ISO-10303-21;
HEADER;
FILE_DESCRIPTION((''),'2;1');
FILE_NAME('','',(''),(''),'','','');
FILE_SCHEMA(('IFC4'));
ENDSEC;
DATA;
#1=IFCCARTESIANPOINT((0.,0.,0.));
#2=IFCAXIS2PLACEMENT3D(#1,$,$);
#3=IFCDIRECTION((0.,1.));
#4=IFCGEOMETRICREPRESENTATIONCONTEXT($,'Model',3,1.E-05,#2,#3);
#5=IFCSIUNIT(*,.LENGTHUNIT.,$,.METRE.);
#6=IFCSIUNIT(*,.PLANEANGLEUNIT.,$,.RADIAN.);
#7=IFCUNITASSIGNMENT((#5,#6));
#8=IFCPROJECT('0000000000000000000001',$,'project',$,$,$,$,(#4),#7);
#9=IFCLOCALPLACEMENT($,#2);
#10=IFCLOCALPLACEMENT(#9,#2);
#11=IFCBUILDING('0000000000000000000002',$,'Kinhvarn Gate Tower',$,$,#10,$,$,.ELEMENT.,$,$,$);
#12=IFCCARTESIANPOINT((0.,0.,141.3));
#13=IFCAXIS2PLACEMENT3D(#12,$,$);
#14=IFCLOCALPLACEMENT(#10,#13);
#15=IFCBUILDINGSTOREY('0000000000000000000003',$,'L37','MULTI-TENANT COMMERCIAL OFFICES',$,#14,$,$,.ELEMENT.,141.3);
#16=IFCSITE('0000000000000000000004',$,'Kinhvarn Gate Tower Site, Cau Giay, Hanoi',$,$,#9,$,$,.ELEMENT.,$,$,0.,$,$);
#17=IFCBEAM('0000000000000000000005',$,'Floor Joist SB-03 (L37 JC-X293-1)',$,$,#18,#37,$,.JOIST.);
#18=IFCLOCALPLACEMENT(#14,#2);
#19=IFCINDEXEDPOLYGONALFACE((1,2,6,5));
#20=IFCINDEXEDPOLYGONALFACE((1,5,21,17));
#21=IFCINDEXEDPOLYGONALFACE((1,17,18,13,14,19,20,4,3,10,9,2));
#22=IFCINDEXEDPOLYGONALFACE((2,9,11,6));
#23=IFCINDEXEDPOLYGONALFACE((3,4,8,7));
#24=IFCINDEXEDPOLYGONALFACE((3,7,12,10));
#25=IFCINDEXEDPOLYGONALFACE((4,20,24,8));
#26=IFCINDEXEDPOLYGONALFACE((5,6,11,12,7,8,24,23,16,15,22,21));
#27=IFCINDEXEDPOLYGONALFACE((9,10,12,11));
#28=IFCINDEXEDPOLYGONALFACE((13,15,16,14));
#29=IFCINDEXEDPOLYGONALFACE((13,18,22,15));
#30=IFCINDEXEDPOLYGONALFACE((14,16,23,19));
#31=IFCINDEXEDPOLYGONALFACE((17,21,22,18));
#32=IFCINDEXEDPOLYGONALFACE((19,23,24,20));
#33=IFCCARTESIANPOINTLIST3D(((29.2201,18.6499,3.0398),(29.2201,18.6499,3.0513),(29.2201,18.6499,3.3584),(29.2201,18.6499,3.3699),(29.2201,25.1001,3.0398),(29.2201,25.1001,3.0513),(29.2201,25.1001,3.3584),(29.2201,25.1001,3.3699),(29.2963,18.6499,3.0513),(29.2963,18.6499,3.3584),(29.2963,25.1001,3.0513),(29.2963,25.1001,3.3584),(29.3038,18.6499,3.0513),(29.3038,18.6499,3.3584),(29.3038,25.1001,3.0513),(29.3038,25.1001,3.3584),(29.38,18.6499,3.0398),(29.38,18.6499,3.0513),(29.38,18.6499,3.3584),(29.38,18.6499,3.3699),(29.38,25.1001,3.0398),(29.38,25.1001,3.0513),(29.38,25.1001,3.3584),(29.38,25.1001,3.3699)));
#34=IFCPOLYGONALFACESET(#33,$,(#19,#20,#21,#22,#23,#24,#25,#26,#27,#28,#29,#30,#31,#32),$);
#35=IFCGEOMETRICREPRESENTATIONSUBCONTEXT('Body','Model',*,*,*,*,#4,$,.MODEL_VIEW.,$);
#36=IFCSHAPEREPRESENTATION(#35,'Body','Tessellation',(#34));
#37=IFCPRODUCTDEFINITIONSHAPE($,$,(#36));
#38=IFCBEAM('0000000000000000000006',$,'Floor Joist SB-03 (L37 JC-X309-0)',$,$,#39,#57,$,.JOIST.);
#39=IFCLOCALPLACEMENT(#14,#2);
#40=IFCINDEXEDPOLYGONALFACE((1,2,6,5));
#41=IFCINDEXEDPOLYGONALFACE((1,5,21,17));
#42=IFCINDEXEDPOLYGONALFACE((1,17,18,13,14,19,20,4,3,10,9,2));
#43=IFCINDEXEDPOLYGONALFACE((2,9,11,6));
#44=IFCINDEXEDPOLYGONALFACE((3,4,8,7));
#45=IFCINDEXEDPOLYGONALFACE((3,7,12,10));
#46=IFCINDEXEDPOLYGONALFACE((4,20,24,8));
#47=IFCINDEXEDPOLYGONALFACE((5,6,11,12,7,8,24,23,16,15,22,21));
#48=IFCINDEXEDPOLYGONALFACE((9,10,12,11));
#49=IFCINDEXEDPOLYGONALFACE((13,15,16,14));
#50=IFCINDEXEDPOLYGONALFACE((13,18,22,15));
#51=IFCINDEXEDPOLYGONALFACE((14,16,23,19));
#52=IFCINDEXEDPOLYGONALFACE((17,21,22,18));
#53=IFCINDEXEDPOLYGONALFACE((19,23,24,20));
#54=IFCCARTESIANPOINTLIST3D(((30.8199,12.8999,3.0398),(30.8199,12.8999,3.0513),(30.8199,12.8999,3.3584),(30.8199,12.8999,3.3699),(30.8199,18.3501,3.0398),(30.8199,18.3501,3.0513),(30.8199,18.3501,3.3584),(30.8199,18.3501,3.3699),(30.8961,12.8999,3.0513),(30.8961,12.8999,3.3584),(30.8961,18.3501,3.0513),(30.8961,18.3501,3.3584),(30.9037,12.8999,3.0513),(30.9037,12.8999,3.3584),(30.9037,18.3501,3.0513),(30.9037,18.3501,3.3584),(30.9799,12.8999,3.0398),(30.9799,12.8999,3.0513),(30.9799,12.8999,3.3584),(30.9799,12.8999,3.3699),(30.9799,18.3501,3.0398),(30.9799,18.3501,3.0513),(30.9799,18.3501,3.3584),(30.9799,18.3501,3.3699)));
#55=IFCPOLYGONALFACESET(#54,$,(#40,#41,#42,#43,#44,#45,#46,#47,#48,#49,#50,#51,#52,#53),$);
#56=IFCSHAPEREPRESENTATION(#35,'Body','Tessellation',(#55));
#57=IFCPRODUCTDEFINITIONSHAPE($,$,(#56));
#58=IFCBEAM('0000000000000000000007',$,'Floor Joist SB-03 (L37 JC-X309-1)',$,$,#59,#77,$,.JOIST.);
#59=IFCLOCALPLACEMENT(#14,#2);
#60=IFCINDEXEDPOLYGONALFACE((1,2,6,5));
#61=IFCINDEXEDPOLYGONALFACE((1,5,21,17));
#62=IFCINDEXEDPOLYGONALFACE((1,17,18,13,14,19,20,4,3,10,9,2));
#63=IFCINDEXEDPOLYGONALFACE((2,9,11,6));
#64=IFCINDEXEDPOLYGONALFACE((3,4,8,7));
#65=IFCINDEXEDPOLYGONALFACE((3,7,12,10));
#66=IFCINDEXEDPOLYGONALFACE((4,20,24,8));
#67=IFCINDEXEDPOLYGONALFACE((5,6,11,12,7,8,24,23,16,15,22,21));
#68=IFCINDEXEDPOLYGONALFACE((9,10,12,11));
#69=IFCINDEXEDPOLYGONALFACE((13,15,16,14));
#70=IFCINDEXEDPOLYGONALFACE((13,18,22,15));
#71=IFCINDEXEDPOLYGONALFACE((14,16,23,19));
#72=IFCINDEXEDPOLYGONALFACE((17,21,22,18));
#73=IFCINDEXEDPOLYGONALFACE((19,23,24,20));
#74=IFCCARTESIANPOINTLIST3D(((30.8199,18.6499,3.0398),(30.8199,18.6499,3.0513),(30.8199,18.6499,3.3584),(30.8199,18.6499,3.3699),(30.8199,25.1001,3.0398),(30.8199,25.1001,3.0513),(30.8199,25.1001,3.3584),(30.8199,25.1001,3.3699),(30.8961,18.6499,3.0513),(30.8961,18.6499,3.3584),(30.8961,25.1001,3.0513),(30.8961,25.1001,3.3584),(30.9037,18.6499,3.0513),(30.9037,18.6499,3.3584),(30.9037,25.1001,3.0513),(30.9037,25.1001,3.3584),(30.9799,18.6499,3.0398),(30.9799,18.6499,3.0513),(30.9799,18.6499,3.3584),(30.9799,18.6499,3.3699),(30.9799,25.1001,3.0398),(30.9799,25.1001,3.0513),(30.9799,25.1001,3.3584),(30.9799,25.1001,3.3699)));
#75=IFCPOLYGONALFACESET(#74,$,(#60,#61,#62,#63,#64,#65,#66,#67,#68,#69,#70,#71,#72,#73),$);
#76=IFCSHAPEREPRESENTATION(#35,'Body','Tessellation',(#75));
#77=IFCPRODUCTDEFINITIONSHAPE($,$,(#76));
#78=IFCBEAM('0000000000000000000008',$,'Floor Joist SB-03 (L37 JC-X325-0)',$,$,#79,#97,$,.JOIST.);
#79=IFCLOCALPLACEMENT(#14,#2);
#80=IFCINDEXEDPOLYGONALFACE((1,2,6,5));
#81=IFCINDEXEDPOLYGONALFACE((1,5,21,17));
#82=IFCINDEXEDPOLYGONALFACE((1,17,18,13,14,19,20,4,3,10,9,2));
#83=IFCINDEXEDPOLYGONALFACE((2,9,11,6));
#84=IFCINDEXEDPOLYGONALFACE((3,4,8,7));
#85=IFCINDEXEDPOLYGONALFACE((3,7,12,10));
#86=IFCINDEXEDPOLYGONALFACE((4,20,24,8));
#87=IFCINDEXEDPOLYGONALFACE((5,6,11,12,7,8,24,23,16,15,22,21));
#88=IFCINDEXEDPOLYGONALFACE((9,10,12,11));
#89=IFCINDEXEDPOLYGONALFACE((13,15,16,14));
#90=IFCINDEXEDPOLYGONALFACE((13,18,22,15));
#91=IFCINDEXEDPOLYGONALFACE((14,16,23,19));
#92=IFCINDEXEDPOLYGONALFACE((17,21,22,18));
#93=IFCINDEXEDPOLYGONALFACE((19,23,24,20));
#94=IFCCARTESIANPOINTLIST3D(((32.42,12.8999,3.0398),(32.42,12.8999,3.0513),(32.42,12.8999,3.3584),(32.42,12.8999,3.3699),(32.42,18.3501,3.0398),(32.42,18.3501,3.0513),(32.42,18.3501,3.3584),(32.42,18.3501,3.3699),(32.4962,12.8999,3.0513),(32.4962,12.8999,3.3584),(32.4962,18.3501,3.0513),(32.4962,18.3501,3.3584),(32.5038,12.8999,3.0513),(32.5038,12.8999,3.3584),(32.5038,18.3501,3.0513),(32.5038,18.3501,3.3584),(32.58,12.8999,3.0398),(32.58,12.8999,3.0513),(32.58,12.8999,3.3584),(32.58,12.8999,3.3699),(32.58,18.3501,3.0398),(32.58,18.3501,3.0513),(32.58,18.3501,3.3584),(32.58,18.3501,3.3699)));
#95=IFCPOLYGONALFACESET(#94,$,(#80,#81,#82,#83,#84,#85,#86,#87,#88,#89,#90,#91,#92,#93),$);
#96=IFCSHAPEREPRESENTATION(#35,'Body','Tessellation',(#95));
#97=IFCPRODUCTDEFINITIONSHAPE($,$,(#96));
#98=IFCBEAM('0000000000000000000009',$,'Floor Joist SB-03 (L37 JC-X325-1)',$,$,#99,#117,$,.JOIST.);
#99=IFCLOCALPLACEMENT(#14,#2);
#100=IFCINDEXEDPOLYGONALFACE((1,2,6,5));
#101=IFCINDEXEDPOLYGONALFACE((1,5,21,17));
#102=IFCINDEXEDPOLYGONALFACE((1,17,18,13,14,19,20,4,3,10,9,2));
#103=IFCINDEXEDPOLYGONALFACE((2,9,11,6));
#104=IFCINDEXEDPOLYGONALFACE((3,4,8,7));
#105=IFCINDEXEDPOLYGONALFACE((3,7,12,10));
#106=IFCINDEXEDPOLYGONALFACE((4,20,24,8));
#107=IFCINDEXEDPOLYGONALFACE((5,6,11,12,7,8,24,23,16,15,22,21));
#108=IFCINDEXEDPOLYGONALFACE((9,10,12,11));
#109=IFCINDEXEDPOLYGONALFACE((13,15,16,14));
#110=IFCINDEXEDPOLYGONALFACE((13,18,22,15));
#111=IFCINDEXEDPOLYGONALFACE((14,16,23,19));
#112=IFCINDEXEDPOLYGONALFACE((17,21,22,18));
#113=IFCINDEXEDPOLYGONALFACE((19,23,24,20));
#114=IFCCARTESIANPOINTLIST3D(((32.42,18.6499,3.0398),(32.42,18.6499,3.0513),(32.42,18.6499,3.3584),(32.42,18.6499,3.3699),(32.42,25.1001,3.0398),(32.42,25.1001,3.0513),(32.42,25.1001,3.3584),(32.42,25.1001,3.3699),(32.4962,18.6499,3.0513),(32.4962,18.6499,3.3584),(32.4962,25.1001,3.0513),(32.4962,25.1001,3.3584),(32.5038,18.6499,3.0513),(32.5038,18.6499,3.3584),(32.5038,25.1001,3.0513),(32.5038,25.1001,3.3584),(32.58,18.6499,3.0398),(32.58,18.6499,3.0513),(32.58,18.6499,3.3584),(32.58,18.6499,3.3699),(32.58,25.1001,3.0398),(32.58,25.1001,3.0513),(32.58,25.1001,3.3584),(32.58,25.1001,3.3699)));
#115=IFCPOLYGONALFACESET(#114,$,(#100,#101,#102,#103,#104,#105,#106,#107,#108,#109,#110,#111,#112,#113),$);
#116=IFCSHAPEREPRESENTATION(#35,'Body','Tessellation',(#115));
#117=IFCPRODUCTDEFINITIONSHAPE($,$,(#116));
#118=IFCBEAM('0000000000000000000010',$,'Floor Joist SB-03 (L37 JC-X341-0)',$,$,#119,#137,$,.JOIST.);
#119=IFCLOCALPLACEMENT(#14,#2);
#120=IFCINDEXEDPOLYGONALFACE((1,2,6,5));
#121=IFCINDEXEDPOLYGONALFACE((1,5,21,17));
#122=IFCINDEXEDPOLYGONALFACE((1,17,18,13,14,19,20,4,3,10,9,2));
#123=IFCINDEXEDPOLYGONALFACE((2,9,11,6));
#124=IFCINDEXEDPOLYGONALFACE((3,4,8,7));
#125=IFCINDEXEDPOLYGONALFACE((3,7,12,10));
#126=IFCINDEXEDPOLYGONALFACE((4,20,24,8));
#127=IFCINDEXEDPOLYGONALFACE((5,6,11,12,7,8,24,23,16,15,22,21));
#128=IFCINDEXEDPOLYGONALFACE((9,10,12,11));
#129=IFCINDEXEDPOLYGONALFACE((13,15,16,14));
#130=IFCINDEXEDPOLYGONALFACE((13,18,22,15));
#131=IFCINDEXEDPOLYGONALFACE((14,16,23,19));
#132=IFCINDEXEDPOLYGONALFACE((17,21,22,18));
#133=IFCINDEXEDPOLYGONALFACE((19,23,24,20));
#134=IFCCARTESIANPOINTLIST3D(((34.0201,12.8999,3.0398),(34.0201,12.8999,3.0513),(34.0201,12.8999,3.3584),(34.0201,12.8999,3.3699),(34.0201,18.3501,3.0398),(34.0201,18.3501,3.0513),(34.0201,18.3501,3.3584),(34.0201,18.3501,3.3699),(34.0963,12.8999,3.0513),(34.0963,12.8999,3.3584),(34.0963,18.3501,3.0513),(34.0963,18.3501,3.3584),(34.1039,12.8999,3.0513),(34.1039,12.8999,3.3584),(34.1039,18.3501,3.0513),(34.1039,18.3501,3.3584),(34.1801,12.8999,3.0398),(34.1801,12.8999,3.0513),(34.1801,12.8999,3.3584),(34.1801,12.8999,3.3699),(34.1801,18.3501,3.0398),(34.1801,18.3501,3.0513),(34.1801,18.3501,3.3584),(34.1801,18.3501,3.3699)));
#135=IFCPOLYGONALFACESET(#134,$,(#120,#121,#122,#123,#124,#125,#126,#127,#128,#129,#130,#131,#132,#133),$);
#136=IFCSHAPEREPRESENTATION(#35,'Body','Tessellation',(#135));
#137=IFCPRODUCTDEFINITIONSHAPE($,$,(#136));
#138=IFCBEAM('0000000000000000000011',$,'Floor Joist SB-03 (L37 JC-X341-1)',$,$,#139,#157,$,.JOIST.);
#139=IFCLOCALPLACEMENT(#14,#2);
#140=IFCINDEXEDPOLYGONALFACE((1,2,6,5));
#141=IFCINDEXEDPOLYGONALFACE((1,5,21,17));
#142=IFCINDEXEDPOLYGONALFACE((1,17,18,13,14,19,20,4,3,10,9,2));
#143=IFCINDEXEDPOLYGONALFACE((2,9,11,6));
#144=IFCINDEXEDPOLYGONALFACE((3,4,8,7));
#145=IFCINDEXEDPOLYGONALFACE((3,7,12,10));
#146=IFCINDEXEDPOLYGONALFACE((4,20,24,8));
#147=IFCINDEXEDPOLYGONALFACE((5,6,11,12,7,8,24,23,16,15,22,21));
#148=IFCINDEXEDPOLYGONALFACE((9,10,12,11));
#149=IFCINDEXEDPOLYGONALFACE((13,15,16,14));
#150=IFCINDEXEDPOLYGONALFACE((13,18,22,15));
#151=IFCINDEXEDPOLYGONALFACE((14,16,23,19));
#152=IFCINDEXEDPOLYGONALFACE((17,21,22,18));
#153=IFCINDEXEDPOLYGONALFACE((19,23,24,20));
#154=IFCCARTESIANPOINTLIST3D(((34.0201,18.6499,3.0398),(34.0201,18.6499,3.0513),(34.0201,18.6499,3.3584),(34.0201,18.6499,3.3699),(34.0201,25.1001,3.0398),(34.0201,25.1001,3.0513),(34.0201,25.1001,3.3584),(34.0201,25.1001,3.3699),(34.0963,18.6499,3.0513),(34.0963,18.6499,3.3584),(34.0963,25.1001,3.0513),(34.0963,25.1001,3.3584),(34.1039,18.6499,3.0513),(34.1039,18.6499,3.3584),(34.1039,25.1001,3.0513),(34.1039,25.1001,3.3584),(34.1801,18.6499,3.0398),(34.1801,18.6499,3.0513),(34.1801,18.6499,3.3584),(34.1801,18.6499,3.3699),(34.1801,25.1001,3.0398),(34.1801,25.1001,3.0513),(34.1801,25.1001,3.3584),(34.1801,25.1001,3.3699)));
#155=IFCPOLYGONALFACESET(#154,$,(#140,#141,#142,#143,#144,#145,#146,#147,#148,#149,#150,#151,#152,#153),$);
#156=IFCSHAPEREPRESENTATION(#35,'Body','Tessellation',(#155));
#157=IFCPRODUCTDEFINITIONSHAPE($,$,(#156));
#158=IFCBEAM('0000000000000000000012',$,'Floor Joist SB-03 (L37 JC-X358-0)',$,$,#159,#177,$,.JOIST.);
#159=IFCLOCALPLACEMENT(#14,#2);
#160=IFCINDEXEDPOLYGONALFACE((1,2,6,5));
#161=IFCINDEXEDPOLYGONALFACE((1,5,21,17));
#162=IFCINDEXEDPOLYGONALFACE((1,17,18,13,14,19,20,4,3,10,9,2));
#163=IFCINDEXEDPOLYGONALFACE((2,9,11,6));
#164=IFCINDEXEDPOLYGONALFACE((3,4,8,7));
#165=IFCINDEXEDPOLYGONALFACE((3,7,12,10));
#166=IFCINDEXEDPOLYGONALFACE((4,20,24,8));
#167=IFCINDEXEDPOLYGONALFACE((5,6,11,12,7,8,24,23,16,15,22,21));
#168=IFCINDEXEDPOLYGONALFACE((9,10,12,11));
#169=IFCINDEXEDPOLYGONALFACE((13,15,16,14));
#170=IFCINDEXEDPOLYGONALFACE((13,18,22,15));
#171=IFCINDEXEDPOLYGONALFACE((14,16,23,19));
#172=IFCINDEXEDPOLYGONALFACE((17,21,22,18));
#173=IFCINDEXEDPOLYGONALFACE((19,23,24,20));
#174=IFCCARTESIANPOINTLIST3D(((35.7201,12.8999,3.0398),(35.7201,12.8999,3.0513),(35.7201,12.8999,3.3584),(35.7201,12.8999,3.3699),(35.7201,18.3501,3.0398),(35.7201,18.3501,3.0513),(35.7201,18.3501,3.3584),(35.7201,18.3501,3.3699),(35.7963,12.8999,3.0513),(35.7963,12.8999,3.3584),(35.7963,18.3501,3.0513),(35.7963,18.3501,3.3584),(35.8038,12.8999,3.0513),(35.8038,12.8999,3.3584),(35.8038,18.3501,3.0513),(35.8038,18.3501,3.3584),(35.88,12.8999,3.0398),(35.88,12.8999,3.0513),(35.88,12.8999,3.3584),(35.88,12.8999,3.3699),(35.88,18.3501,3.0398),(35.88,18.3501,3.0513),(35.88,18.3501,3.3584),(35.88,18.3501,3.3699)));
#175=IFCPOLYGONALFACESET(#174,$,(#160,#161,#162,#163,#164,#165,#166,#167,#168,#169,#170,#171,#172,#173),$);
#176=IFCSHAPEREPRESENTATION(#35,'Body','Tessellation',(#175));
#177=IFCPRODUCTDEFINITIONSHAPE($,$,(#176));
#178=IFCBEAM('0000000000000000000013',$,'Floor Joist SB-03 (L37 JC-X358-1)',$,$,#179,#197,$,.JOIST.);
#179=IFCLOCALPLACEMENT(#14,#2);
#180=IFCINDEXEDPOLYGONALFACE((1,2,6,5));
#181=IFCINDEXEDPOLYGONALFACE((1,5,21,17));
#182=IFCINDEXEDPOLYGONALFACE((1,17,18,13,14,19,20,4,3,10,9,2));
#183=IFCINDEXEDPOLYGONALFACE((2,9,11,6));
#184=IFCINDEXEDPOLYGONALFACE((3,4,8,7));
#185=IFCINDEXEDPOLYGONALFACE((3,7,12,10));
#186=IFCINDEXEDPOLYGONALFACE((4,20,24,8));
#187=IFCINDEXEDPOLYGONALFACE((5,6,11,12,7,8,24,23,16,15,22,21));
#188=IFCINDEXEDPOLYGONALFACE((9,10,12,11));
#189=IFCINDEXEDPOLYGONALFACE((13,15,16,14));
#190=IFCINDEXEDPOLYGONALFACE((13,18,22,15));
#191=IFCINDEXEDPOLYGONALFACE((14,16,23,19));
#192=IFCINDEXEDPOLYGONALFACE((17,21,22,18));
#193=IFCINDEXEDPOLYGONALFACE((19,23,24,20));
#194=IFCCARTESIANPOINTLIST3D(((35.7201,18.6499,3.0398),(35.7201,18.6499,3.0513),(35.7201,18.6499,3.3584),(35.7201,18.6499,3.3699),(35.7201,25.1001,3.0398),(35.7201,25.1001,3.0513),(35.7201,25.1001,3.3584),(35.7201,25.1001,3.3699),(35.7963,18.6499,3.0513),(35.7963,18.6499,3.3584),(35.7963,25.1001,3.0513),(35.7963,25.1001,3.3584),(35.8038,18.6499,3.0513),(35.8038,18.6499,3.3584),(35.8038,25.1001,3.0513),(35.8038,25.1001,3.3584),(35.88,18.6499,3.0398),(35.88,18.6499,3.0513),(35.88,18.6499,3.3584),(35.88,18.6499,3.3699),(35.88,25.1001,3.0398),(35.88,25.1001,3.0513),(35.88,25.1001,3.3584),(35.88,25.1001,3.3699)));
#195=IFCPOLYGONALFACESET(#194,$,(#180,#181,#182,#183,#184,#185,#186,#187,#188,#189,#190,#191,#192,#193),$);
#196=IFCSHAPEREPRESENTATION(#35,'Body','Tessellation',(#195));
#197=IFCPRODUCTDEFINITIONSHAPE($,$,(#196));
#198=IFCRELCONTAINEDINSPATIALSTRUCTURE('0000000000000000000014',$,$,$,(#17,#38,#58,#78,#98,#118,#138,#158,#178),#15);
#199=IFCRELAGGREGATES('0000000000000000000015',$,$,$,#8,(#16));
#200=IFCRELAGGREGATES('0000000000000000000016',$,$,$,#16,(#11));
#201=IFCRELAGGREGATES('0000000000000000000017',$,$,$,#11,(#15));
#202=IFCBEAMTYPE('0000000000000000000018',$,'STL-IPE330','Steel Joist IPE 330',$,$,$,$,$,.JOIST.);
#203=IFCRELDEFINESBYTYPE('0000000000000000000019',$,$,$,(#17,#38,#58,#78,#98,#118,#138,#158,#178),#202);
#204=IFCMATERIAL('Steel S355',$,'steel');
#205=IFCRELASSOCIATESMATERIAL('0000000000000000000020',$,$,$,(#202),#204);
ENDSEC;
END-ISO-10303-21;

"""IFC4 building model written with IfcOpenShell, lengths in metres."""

from ifc_helpers import new_model, si_unit, direction, frame, origin, origin_2d, place, context, subcontext, project, spatial, i_section, extrude, material, material_profile, profile_set, type_object, element, save


model = new_model("IFC4")

# Units and contexts
model_context = context("Model", 3, precision=1e-05, world=origin(), true_north=direction((0.0, 1.0)))
body_context = subcontext(model_context, "Body", "Model", "MODEL_VIEW")
ifc_project = project(units=[si_unit("LENGTHUNIT", "METRE"), si_unit("PLANEANGLEUNIT", "RADIAN")], contexts=[model_context])

# Site, building, storey
site_placement = place(None, origin())
site = spatial("IfcSite", under=ifc_project, at=site_placement, Name="Kinhvarn Gate Tower Site, Cau Giay, Hanoi", CompositionType="ELEMENT", RefElevation=0.0)
building_placement = place(site_placement, origin())
building = spatial("IfcBuilding", under=site, at=building_placement, Name="Kinhvarn Gate Tower", CompositionType="ELEMENT")
storey_placement = place(building_placement, frame((0.0, 0.0, 141.3)))
storey = spatial("IfcBuildingStorey", under=building, at=storey_placement, Name="L37", Description="MULTI-TENANT COMMERCIAL OFFICES", CompositionType="ELEMENT", Elevation=141.3)

# Beams
ifc_material_1 = material(Name="Steel S355", Category="steel")
ifc_material_profile_1 = material_profile(ifc_material_1, i_section(OverallWidth=0.1599, OverallDepth=0.3301, WebThickness=0.0076, FlangeThickness=0.0115, at=origin_2d()), Name="IPE 330")
ifc_profile_set_1 = profile_set([ifc_material_profile_1], Name="Steel S355")
beam_type_1 = type_object("IfcBeamType", Name="STL-IPE330", Description="Steel Joist IPE 330", PredefinedType="JOIST", material=ifc_profile_set_1)
beam_1_placement = place(storey_placement, frame((29.3, 18.6499, 3.2048), z_axis=(0.0, 1.0, 0.0), x_axis=(-1.0, 0.0, 0.0)))
element("IfcBeam", 1, at=beam_1_placement, inside=storey, type_object=beam_type_1, Name="Floor Joist SB-03 (L37 JC-X293-1)", PredefinedType="JOIST", context=body_context, shape_type="SweptSolid", body=[
    extrude(i_section(OverallWidth=0.1599, OverallDepth=0.3301, WebThickness=0.0076, FlangeThickness=0.0115, at=origin_2d()), origin(), (0.0, 0.0, 1.0), 6.4502),
])
beam_2_placement = place(storey_placement, frame((30.8999, 12.8999, 3.2048), z_axis=(0.0, 1.0, 0.0), x_axis=(-1.0, 0.0, 0.0)))
element("IfcBeam", 2, at=beam_2_placement, inside=storey, type_object=beam_type_1, Name="Floor Joist SB-03 (L37 JC-X309-0)", PredefinedType="JOIST", context=body_context, shape_type="SweptSolid", body=[
    extrude(i_section(OverallWidth=0.1599, OverallDepth=0.3301, WebThickness=0.0076, FlangeThickness=0.0115, at=origin_2d()), origin(), (0.0, 0.0, 1.0), 5.4502),
])
beam_3_placement = place(storey_placement, frame((30.8999, 18.6499, 3.2048), z_axis=(0.0, 1.0, 0.0), x_axis=(-1.0, 0.0, 0.0)))
element("IfcBeam", 3, at=beam_3_placement, inside=storey, type_object=beam_type_1, Name="Floor Joist SB-03 (L37 JC-X309-1)", PredefinedType="JOIST", context=body_context, shape_type="SweptSolid", body=[
    extrude(i_section(OverallWidth=0.1599, OverallDepth=0.3301, WebThickness=0.0076, FlangeThickness=0.0115, at=origin_2d()), origin(), (0.0, 0.0, 1.0), 6.4502),
])
beam_4_placement = place(storey_placement, frame((32.5, 12.8999, 3.2048), z_axis=(0.0, 1.0, 0.0), x_axis=(-1.0, 0.0, 0.0)))
element("IfcBeam", 4, at=beam_4_placement, inside=storey, type_object=beam_type_1, Name="Floor Joist SB-03 (L37 JC-X325-0)", PredefinedType="JOIST", context=body_context, shape_type="SweptSolid", body=[
    extrude(i_section(OverallWidth=0.1599, OverallDepth=0.3301, WebThickness=0.0076, FlangeThickness=0.0115, at=origin_2d()), origin(), (0.0, 0.0, 1.0), 5.4502),
])
beam_5_placement = place(storey_placement, frame((32.5, 18.6499, 3.2048), z_axis=(0.0, 1.0, 0.0), x_axis=(-1.0, 0.0, 0.0)))
element("IfcBeam", 5, at=beam_5_placement, inside=storey, type_object=beam_type_1, Name="Floor Joist SB-03 (L37 JC-X325-1)", PredefinedType="JOIST", context=body_context, shape_type="SweptSolid", body=[
    extrude(i_section(OverallWidth=0.1599, OverallDepth=0.3301, WebThickness=0.0076, FlangeThickness=0.0115, at=origin_2d()), origin(), (0.0, 0.0, 1.0), 6.4502),
])
beam_6_placement = place(storey_placement, frame((34.1001, 12.8999, 3.2048), z_axis=(0.0, 1.0, 0.0), x_axis=(-1.0, 0.0, 0.0)))
element("IfcBeam", 6, at=beam_6_placement, inside=storey, type_object=beam_type_1, Name="Floor Joist SB-03 (L37 JC-X341-0)", PredefinedType="JOIST", context=body_context, shape_type="SweptSolid", body=[
    extrude(i_section(OverallWidth=0.1599, OverallDepth=0.3301, WebThickness=0.0076, FlangeThickness=0.0115, at=origin_2d()), origin(), (0.0, 0.0, 1.0), 5.4502),
])
beam_7_placement = place(storey_placement, frame((34.1001, 18.6499, 3.2048), z_axis=(0.0, 1.0, 0.0), x_axis=(-1.0, 0.0, 0.0)))
element("IfcBeam", 7, at=beam_7_placement, inside=storey, type_object=beam_type_1, Name="Floor Joist SB-03 (L37 JC-X341-1)", PredefinedType="JOIST", context=body_context, shape_type="SweptSolid", body=[
    extrude(i_section(OverallWidth=0.1599, OverallDepth=0.3301, WebThickness=0.0076, FlangeThickness=0.0115, at=origin_2d()), origin(), (0.0, 0.0, 1.0), 6.4502),
])
beam_8_placement = place(storey_placement, frame((35.8, 12.8999, 3.2048), z_axis=(0.0, 1.0, 0.0), x_axis=(-1.0, 0.0, 0.0)))
element("IfcBeam", 8, at=beam_8_placement, inside=storey, type_object=beam_type_1, Name="Floor Joist SB-03 (L37 JC-X358-0)", PredefinedType="JOIST", context=body_context, shape_type="SweptSolid", body=[
    extrude(i_section(OverallWidth=0.1599, OverallDepth=0.3301, WebThickness=0.0076, FlangeThickness=0.0115, at=origin_2d()), origin(), (0.0, 0.0, 1.0), 5.4502),
])
beam_9_placement = place(storey_placement, frame((35.8, 18.6499, 3.2048), z_axis=(0.0, 1.0, 0.0), x_axis=(-1.0, 0.0, 0.0)))
element("IfcBeam", 9, at=beam_9_placement, inside=storey, type_object=beam_type_1, Name="Floor Joist SB-03 (L37 JC-X358-1)", PredefinedType="JOIST", context=body_context, shape_type="SweptSolid", body=[
    extrude(i_section(OverallWidth=0.1599, OverallDepth=0.3301, WebThickness=0.0076, FlangeThickness=0.0115, at=origin_2d()), origin(), (0.0, 0.0, 1.0), 6.4502),
])

save(model, "model.ifc")
